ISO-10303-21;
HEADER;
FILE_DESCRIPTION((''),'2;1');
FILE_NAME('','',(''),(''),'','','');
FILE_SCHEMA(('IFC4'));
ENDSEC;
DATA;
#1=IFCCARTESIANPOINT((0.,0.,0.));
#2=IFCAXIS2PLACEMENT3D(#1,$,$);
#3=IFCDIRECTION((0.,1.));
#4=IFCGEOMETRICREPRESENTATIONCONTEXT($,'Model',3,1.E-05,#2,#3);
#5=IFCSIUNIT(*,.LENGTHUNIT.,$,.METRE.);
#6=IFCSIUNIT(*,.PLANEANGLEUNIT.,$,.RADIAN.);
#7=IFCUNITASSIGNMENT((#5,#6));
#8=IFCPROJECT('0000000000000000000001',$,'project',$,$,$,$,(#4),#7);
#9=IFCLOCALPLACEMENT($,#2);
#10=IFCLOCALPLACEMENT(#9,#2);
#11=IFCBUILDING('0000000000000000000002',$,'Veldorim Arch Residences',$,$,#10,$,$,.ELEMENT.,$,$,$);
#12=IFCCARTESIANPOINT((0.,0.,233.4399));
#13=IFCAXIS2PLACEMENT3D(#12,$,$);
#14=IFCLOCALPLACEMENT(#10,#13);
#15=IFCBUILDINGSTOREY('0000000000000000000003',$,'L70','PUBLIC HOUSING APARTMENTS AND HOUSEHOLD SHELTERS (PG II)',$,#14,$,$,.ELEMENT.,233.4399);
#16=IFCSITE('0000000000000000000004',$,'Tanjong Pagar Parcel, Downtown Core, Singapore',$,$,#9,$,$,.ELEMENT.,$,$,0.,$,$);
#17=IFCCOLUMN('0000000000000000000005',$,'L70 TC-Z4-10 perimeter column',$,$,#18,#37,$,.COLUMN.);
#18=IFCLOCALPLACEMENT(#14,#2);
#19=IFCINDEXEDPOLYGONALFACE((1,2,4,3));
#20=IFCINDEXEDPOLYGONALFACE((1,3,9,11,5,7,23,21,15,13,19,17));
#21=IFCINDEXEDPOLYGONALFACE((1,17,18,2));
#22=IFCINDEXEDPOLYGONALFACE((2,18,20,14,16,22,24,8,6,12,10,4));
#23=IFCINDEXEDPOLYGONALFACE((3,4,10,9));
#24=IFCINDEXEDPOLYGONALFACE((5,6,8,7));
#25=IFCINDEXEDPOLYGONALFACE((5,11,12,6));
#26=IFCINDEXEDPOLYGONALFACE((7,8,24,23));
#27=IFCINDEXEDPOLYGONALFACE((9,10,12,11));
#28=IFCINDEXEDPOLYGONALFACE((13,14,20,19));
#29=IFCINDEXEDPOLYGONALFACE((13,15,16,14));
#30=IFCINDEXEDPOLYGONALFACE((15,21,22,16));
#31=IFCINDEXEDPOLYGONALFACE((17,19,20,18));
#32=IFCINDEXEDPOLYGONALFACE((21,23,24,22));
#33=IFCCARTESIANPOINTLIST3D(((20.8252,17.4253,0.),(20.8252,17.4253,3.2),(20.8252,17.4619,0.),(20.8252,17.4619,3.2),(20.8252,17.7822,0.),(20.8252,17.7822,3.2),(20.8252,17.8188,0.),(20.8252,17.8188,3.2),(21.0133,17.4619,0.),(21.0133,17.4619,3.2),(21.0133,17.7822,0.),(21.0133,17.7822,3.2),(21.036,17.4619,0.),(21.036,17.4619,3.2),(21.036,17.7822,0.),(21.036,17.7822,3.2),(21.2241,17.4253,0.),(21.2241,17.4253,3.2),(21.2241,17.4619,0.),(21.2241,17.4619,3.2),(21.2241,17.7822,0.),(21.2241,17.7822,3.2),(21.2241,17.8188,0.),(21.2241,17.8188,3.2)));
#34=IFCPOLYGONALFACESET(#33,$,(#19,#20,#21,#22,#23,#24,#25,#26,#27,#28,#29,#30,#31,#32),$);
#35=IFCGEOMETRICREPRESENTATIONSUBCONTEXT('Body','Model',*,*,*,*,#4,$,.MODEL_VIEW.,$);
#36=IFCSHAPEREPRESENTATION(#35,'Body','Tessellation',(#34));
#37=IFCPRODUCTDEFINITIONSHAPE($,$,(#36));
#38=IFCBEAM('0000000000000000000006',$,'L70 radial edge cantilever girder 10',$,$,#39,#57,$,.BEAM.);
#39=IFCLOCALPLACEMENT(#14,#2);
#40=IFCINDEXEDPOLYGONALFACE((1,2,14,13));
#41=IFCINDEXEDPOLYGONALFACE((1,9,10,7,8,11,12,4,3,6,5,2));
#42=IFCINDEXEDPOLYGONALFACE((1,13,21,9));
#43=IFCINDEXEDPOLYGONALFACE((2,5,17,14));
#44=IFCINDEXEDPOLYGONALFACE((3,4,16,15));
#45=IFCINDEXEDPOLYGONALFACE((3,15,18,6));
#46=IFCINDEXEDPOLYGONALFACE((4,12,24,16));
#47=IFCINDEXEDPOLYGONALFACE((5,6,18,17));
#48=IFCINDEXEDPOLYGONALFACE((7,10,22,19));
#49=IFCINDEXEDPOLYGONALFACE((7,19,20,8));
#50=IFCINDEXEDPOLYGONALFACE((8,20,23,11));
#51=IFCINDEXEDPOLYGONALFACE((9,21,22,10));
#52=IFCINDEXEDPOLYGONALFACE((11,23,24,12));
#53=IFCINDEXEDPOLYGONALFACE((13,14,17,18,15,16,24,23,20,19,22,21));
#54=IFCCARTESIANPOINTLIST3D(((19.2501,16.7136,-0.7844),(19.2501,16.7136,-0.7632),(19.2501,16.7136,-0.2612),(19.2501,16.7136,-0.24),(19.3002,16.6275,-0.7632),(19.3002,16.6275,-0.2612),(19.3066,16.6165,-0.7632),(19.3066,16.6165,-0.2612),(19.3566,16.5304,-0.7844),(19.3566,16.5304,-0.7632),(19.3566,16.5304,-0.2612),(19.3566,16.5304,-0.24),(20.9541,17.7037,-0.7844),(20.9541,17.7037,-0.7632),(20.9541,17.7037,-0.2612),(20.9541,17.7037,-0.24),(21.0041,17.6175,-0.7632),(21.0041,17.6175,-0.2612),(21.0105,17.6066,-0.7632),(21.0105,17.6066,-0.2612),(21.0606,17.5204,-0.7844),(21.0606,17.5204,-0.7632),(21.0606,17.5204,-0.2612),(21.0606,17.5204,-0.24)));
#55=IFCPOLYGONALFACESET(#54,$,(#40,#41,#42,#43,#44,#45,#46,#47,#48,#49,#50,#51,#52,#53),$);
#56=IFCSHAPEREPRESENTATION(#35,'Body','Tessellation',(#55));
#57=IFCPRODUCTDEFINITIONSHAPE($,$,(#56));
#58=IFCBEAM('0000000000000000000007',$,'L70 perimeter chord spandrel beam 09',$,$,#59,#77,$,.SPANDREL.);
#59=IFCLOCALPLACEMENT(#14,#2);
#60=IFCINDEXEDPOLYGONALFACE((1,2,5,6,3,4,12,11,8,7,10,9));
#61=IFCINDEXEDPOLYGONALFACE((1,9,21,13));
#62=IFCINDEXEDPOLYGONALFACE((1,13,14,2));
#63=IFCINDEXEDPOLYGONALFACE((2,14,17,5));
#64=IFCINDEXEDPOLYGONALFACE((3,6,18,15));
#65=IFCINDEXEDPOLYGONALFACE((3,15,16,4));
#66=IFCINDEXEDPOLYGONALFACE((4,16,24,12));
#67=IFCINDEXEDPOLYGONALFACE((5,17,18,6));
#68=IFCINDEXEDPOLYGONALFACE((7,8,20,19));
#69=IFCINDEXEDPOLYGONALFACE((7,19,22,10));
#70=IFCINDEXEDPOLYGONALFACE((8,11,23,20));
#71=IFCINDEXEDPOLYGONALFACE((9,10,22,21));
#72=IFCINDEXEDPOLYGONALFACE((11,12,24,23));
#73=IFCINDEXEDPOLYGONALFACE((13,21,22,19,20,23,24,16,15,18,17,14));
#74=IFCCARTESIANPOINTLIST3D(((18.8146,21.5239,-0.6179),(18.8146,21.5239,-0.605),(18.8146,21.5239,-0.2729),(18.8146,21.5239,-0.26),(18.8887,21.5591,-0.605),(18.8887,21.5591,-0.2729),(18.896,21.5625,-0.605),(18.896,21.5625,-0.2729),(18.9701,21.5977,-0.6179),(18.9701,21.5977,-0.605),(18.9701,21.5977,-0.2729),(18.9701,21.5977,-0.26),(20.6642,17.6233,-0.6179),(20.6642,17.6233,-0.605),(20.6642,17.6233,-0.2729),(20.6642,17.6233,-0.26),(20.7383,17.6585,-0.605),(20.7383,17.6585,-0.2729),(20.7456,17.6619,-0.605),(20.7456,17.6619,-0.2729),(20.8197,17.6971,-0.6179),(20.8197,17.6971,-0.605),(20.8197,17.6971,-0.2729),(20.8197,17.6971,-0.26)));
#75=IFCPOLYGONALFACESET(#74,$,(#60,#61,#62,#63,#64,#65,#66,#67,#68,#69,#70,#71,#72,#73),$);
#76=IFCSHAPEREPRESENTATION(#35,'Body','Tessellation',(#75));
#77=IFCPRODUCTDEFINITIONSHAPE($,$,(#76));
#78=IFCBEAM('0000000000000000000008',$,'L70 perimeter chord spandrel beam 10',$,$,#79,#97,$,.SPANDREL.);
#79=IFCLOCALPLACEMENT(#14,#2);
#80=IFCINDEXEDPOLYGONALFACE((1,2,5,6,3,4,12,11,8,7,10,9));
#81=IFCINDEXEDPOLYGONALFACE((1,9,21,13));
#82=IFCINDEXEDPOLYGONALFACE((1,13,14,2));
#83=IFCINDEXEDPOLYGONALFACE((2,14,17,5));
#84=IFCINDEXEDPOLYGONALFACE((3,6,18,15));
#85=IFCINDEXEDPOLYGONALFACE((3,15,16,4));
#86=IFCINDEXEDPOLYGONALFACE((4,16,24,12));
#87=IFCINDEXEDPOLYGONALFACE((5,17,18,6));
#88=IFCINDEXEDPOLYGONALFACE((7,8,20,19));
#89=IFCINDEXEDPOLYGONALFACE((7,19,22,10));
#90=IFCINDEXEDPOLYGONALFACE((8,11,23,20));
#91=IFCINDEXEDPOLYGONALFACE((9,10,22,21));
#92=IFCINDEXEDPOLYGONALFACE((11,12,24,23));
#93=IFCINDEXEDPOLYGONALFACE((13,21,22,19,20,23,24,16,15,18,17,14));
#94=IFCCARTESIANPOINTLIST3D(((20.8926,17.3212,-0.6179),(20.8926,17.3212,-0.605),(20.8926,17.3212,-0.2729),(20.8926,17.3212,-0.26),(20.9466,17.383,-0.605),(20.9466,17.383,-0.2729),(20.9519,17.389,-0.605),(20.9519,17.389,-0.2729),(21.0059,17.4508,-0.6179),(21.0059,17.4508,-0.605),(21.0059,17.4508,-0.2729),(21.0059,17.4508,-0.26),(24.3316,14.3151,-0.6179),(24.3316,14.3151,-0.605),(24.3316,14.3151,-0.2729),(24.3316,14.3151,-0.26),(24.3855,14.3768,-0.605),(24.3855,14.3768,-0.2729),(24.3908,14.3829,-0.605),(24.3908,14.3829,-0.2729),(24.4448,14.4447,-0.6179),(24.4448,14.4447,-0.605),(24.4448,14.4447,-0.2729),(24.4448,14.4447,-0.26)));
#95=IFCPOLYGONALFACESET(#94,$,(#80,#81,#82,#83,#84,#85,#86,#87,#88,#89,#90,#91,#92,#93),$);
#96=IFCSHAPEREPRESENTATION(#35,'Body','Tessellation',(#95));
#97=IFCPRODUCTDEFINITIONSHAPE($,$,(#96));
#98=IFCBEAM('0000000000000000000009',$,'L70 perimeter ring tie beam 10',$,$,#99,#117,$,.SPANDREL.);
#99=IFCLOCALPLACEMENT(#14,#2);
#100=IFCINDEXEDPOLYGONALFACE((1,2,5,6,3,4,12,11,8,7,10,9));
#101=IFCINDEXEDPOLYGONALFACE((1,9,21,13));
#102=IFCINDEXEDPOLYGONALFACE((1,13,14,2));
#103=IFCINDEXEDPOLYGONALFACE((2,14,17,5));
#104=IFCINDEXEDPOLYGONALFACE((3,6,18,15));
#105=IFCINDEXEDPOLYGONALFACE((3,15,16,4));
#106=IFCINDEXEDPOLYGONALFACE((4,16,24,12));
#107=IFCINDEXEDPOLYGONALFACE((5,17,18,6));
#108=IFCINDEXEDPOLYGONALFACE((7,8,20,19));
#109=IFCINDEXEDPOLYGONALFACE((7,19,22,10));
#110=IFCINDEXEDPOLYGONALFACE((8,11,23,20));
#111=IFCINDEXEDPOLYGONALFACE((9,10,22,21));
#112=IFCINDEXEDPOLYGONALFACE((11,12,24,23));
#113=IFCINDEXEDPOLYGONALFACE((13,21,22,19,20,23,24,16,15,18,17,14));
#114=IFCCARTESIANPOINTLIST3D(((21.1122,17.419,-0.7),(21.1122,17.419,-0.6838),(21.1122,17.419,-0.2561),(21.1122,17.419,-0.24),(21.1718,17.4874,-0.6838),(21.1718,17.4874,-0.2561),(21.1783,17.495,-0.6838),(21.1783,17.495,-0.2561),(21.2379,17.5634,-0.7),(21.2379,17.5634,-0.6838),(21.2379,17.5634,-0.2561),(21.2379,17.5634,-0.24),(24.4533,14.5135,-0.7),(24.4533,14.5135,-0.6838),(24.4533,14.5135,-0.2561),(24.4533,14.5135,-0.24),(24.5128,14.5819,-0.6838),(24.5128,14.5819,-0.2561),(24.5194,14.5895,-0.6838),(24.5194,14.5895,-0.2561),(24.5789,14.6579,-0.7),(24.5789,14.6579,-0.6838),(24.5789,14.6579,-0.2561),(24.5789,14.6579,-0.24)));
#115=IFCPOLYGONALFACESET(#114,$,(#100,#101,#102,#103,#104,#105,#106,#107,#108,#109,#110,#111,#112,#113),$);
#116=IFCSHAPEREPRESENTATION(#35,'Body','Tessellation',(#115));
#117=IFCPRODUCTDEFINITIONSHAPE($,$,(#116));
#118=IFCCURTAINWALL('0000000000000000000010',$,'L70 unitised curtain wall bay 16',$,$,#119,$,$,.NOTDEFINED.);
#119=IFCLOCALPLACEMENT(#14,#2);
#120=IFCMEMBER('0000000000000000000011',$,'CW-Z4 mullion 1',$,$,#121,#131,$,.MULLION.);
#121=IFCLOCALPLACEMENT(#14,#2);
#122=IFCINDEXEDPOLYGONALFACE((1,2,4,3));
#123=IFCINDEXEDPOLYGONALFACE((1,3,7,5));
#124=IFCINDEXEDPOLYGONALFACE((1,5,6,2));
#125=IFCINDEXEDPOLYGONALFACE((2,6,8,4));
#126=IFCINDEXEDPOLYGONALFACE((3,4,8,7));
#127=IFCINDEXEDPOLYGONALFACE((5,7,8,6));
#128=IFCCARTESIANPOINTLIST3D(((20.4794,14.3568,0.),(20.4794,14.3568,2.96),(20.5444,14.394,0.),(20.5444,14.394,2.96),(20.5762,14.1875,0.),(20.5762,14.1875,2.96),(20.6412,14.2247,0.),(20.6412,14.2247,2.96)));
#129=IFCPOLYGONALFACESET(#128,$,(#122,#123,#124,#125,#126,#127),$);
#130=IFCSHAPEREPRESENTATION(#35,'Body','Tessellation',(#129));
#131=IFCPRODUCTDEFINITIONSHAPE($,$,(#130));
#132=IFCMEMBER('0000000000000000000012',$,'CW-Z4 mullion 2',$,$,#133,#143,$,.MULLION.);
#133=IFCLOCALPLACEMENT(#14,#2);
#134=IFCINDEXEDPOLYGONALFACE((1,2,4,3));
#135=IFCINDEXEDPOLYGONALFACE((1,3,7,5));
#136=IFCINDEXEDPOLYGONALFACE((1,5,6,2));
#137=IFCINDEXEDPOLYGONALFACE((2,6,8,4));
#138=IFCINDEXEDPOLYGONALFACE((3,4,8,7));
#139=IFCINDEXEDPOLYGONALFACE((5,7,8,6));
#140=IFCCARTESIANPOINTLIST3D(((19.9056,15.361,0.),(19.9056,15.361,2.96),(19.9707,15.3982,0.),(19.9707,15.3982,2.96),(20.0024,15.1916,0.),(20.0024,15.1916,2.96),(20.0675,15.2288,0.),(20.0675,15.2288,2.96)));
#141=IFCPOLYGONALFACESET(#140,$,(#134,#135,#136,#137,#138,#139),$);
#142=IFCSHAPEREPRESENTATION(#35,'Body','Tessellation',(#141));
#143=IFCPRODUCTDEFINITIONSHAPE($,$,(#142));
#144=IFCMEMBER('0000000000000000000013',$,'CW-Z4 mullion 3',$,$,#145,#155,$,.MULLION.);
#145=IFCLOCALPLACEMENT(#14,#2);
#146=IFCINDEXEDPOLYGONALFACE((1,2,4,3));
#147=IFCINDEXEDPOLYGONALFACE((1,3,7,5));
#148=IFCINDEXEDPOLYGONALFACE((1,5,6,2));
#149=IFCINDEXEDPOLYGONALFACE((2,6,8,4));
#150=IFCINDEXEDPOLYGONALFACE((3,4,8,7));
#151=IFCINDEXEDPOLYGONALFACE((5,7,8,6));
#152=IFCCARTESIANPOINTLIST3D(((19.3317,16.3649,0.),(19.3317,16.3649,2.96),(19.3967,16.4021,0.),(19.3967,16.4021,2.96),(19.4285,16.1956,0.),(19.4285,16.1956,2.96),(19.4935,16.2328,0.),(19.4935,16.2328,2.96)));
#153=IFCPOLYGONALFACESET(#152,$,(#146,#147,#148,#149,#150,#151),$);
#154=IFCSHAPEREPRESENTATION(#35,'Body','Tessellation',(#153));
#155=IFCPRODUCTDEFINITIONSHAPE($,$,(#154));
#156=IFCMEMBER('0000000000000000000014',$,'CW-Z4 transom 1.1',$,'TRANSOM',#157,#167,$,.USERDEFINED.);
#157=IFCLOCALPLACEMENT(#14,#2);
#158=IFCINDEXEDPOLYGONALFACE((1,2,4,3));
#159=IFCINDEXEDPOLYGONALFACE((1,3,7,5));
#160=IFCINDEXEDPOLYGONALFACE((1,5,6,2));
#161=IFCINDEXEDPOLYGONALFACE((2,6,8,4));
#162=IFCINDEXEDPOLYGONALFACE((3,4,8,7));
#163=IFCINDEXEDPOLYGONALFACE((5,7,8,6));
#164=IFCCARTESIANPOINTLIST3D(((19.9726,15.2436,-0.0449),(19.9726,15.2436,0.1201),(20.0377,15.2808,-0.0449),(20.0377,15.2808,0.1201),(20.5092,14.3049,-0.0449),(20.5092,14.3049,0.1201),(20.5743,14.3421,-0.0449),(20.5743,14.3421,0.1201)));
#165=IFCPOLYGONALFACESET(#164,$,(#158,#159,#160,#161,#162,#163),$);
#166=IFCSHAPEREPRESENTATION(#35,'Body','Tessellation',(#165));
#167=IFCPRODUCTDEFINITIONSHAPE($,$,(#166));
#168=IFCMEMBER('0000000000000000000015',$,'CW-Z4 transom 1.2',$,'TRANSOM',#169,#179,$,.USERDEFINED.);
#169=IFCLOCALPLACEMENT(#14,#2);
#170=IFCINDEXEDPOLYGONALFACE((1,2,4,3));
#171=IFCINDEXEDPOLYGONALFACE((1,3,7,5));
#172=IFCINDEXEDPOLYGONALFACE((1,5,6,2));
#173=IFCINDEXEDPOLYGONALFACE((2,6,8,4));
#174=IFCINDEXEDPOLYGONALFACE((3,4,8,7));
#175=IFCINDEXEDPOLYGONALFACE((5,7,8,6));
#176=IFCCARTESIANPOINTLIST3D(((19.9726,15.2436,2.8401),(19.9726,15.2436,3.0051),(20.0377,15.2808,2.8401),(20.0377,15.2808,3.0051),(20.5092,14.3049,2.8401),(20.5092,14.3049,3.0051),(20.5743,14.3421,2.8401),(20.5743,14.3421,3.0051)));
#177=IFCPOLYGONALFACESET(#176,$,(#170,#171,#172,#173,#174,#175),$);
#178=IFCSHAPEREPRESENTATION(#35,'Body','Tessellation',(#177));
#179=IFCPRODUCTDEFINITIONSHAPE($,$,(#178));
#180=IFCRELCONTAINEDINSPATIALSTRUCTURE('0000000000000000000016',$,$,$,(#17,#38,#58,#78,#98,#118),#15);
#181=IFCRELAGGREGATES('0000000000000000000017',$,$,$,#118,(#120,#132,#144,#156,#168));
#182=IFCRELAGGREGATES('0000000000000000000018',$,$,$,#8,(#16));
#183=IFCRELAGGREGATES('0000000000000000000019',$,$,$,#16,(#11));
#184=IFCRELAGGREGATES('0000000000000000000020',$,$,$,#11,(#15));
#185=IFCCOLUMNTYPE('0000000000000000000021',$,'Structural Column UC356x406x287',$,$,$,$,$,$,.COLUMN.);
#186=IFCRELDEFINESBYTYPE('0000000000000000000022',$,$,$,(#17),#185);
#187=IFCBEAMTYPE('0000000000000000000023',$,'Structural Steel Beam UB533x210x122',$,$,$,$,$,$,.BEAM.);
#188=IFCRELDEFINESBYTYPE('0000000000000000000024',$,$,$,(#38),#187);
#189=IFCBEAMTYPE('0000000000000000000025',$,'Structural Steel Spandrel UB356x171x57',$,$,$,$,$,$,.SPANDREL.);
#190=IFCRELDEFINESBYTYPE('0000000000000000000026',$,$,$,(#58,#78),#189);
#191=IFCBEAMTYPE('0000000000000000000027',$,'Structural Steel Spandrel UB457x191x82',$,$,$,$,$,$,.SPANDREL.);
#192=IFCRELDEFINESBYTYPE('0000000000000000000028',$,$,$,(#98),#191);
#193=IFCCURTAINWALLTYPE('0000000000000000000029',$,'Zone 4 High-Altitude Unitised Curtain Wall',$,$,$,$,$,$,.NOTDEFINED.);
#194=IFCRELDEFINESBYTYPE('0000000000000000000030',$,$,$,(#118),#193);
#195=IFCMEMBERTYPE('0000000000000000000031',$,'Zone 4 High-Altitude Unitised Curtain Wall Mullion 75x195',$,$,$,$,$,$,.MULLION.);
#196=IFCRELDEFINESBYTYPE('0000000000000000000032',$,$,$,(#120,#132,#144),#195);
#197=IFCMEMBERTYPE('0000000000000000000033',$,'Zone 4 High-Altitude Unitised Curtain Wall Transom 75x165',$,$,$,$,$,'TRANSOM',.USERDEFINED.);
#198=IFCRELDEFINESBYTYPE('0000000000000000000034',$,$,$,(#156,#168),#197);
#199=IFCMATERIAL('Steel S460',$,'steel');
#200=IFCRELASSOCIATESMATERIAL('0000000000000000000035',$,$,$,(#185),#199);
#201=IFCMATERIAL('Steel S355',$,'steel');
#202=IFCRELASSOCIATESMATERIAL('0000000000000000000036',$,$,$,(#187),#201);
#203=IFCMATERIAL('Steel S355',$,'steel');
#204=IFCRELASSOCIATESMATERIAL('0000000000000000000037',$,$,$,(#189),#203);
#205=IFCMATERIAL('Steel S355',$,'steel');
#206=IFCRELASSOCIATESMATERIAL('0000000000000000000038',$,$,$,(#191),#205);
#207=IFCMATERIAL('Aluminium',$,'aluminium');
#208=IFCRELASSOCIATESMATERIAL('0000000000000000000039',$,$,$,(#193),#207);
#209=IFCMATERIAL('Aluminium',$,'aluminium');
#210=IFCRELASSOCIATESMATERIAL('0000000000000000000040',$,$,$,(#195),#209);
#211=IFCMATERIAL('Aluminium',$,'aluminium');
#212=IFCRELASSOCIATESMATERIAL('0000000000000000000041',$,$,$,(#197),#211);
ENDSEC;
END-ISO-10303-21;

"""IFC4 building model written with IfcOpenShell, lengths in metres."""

from ifc_helpers import new_model, si_unit, direction, frame, origin, origin_2d, place, context, subcontext, project, spatial, rectangle, i_section, extrude, material, material_profile, profile_set, type_object, element, aggregate, save


model = new_model("IFC4")

# Units and contexts
model_context = context("Model", 3, precision=1e-05, world=origin(), true_north=direction((0.0, 1.0)))
body_context = subcontext(model_context, "Body", "Model", "MODEL_VIEW")
ifc_project = project(units=[si_unit("LENGTHUNIT", "METRE"), si_unit("PLANEANGLEUNIT", "RADIAN")], contexts=[model_context])

# Site, building, storey
site_placement = place(None, origin())
site = spatial("IfcSite", under=ifc_project, at=site_placement, Name="Tanjong Pagar Parcel, Downtown Core, Singapore", CompositionType="ELEMENT", RefElevation=0.0)
building_placement = place(site_placement, origin())
building = spatial("IfcBuilding", under=site, at=building_placement, Name="Veldorim Arch Residences", CompositionType="ELEMENT")
storey_placement = place(building_placement, frame((0.0, 0.0, 233.4399)))
storey = spatial("IfcBuildingStorey", under=building, at=storey_placement, Name="L70", Description="PUBLIC HOUSING APARTMENTS AND HOUSEHOLD SHELTERS (PG II)", CompositionType="ELEMENT", Elevation=233.4399)

# Column
ifc_material_1 = material(Name="Steel S460", Category="steel")
ifc_material_profile_1 = material_profile(ifc_material_1, i_section(OverallWidth=0.3989, OverallDepth=0.3936, WebThickness=0.0227, FlangeThickness=0.0366, at=origin_2d()), Name="UC356x406x287")
ifc_profile_set_1 = profile_set([ifc_material_profile_1], Name="Steel S460")
column_type = type_object("IfcColumnType", Name="Structural Column UC356x406x287", PredefinedType="COLUMN", material=ifc_profile_set_1)
column_placement = place(storey_placement, frame((21.0247, 17.6221, 0.0), z_axis=(0.0, 0.0, 1.0), x_axis=(1.0, 0.0, 0.0)))
element("IfcColumn", 1, at=column_placement, inside=storey, type_object=column_type, Name="L70 TC-Z4-10 perimeter column", PredefinedType="COLUMN", context=body_context, shape_type="SweptSolid", body=[
    extrude(i_section(OverallWidth=0.3989, OverallDepth=0.3936, WebThickness=0.0227, FlangeThickness=0.0366, at=origin_2d()), origin(), (0.0, 0.0, 1.0), 3.2),
])

# Beams
ifc_material_2 = material(Name="Steel S355", Category="steel")
ifc_material_profile_2 = material_profile(ifc_material_2, i_section(OverallWidth=0.2119, OverallDepth=0.5444, WebThickness=0.0127, FlangeThickness=0.0212, at=origin_2d()), Name="UB533x210x122")
ifc_profile_set_2 = profile_set([ifc_material_profile_2], Name="Steel S355")
beam_type_1 = type_object("IfcBeamType", Name="Structural Steel Beam UB533x210x122", PredefinedType="BEAM", material=ifc_profile_set_2)
beam_1_placement = place(storey_placement, frame((21.0073, 17.6121, -0.5122), z_axis=(-0.864645, -0.502384, 0.0), x_axis=(0.502384, -0.864645, 0.0)))
element("IfcBeam", 2, at=beam_1_placement, inside=storey, type_object=beam_type_1, Name="L70 radial edge cantilever girder 10", PredefinedType="BEAM", context=body_context, shape_type="SweptSolid", body=[
    extrude(i_section(OverallWidth=0.2119, OverallDepth=0.5444, WebThickness=0.0127, FlangeThickness=0.0212, at=origin_2d()), origin(), (0.0, 0.0, 1.0), 1.9707),
])
ifc_material_3 = material(Name="Steel S355", Category="steel")
ifc_material_profile_3 = material_profile(ifc_material_3, i_section(OverallWidth=0.1721, OverallDepth=0.3579, WebThickness=0.0081, FlangeThickness=0.0129, at=origin_2d()), Name="UB356x171x57")
ifc_profile_set_3 = profile_set([ifc_material_profile_3], Name="Steel S355")
beam_type_2 = type_object("IfcBeamType", Name="Structural Steel Spandrel UB356x171x57", PredefinedType="SPANDREL", material=ifc_profile_set_3)
beam_2_placement = place(storey_placement, frame((18.8923, 21.5608, -0.439), z_axis=(0.428453, -0.903564, 0.0), x_axis=(0.903564, 0.428453, 0.0)))
element("IfcBeam", 3, at=beam_2_placement, inside=storey, type_object=beam_type_2, Name="L70 perimeter chord spandrel beam 09", PredefinedType="SPANDREL", context=body_context, shape_type="SweptSolid", body=[
    extrude(i_section(OverallWidth=0.1721, OverallDepth=0.3579, WebThickness=0.0081, FlangeThickness=0.0129, at=origin_2d()), origin(), (0.0, 0.0, 1.0), 4.3169),
])
beam_3_placement = place(storey_placement, frame((20.9492, 17.386, -0.439), z_axis=(0.752901, -0.658134, 0.0), x_axis=(0.658134, 0.752901, 0.0)))
element("IfcBeam", 4, at=beam_3_placement, inside=storey, type_object=beam_type_2, Name="L70 perimeter chord spandrel beam 10", PredefinedType="SPANDREL", context=body_context, shape_type="SweptSolid", body=[
    extrude(i_section(OverallWidth=0.1721, OverallDepth=0.3579, WebThickness=0.0081, FlangeThickness=0.0129, at=origin_2d()), origin(), (0.0, 0.0, 1.0), 4.5676),
])
ifc_material_4 = material(Name="Steel S355", Category="steel")
ifc_material_profile_4 = material_profile(ifc_material_4, i_section(OverallWidth=0.1914, OverallDepth=0.46, WebThickness=0.01, FlangeThickness=0.0161, at=origin_2d()), Name="UB457x191x82")
ifc_profile_set_4 = profile_set([ifc_material_profile_4], Name="Steel S355")
beam_type_3 = type_object("IfcBeamType", Name="Structural Steel Spandrel UB457x191x82", PredefinedType="SPANDREL", material=ifc_profile_set_4)
beam_4_placement = place(storey_placement, frame((21.175, 17.4912, -0.47), z_axis=(0.754578, -0.65621, 0.0), x_axis=(0.65621, 0.754578, 0.0)))
element("IfcBeam", 5, at=beam_4_placement, inside=storey, type_object=beam_type_3, Name="L70 perimeter ring tie beam 10", PredefinedType="SPANDREL", context=body_context, shape_type="SweptSolid", body=[
    extrude(i_section(OverallWidth=0.1914, OverallDepth=0.46, WebThickness=0.01, FlangeThickness=0.0161, at=origin_2d()), origin(), (0.0, 0.0, 1.0), 4.4277),
])

# Curtain wall, members
ifc_material_5 = material(Name="Aluminium", Category="aluminium")
curtain_wall_type = type_object("IfcCurtainWallType", Name="Zone 4 High-Altitude Unitised Curtain Wall", PredefinedType="NOTDEFINED", material=ifc_material_5)
curtain_wall_placement = place(storey_placement, origin())
curtain_wall = element("IfcCurtainWall", 6, at=curtain_wall_placement, inside=storey, type_object=curtain_wall_type, Name="L70 unitised curtain wall bay 16", PredefinedType="NOTDEFINED")
ifc_material_6 = material(Name="Aluminium", Category="aluminium")
ifc_material_profile_5 = material_profile(ifc_material_6, rectangle(XDim=0.075, YDim=0.1951, at=origin_2d()), Name="ALU_MUL_75x195")
ifc_profile_set_5 = profile_set([ifc_material_profile_5], Name="Aluminium")
member_type_1 = type_object("IfcMemberType", Name="Zone 4 High-Altitude Unitised Curtain Wall Mullion 75x195", PredefinedType="MULLION", material=ifc_profile_set_5)
member_1_placement = place(storey_placement, frame((20.5603, 14.2908, 0.0), z_axis=(0.0, 0.0, 1.0), x_axis=(-0.868166, -0.496274, 0.0)))
member_1 = element("IfcMember", 7, at=member_1_placement, type_object=member_type_1, Name="CW-Z4 mullion 1", PredefinedType="MULLION", context=body_context, shape_type="SweptSolid", body=[
    extrude(rectangle(XDim=0.075, YDim=0.1951, at=origin_2d()), origin(), (0.0, 0.0, 1.0), 2.96),
])
member_2_placement = place(storey_placement, frame((19.9866, 15.2949, 0.0), z_axis=(0.0, 0.0, 1.0), x_axis=(-0.868166, -0.496274, 0.0)))
member_2 = element("IfcMember", 8, at=member_2_placement, type_object=member_type_1, Name="CW-Z4 mullion 2", PredefinedType="MULLION", context=body_context, shape_type="SweptSolid", body=[
    extrude(rectangle(XDim=0.075, YDim=0.1951, at=origin_2d()), origin(), (0.0, 0.0, 1.0), 2.96),
])
member_3_placement = place(storey_placement, frame((19.4126, 16.2988, 0.0), z_axis=(0.0, 0.0, 1.0), x_axis=(-0.868166, -0.496274, 0.0)))
member_3 = element("IfcMember", 9, at=member_3_placement, type_object=member_type_1, Name="CW-Z4 mullion 3", PredefinedType="MULLION", context=body_context, shape_type="SweptSolid", body=[
    extrude(rectangle(XDim=0.075, YDim=0.1951, at=origin_2d()), origin(), (0.0, 0.0, 1.0), 2.96),
])
ifc_material_7 = material(Name="Aluminium", Category="aluminium")
ifc_material_profile_6 = material_profile(ifc_material_7, rectangle(XDim=0.075, YDim=0.165, at=origin_2d()), Name="ALU_TRN_75x165")
ifc_profile_set_6 = profile_set([ifc_material_profile_6], Name="Aluminium")
member_type_2 = type_object("IfcMemberType", Name="Zone 4 High-Altitude Unitised Curtain Wall Transom 75x165", ElementType="TRANSOM", PredefinedType="USERDEFINED", material=ifc_profile_set_6)
member_4_placement = place(storey_placement, frame((20.5417, 14.3235, 0.0376), z_axis=(-0.496285, 0.86816, 0.0), x_axis=(-0.86816, -0.496285, 0.0)))
member_4 = element("IfcMember", 10, at=member_4_placement, type_object=member_type_2, Name="CW-Z4 transom 1.1", ObjectType="TRANSOM", PredefinedType="USERDEFINED", context=body_context, shape_type="SweptSolid", body=[
    extrude(rectangle(XDim=0.075, YDim=0.165, at=origin_2d()), origin(), (0.0, 0.0, 1.0), 1.0813),
])
member_5_placement = place(storey_placement, frame((20.5417, 14.3235, 2.9226), z_axis=(-0.496285, 0.86816, 0.0), x_axis=(-0.86816, -0.496285, 0.0)))
member_5 = element("IfcMember", 11, at=member_5_placement, type_object=member_type_2, Name="CW-Z4 transom 1.2", ObjectType="TRANSOM", PredefinedType="USERDEFINED", context=body_context, shape_type="SweptSolid", body=[
    extrude(rectangle(XDim=0.075, YDim=0.165, at=origin_2d()), origin(), (0.0, 0.0, 1.0), 1.0813),
])

aggregate(curtain_wall, [member_1, member_2, member_3, member_4, member_5])

save(model, "model.ifc")
